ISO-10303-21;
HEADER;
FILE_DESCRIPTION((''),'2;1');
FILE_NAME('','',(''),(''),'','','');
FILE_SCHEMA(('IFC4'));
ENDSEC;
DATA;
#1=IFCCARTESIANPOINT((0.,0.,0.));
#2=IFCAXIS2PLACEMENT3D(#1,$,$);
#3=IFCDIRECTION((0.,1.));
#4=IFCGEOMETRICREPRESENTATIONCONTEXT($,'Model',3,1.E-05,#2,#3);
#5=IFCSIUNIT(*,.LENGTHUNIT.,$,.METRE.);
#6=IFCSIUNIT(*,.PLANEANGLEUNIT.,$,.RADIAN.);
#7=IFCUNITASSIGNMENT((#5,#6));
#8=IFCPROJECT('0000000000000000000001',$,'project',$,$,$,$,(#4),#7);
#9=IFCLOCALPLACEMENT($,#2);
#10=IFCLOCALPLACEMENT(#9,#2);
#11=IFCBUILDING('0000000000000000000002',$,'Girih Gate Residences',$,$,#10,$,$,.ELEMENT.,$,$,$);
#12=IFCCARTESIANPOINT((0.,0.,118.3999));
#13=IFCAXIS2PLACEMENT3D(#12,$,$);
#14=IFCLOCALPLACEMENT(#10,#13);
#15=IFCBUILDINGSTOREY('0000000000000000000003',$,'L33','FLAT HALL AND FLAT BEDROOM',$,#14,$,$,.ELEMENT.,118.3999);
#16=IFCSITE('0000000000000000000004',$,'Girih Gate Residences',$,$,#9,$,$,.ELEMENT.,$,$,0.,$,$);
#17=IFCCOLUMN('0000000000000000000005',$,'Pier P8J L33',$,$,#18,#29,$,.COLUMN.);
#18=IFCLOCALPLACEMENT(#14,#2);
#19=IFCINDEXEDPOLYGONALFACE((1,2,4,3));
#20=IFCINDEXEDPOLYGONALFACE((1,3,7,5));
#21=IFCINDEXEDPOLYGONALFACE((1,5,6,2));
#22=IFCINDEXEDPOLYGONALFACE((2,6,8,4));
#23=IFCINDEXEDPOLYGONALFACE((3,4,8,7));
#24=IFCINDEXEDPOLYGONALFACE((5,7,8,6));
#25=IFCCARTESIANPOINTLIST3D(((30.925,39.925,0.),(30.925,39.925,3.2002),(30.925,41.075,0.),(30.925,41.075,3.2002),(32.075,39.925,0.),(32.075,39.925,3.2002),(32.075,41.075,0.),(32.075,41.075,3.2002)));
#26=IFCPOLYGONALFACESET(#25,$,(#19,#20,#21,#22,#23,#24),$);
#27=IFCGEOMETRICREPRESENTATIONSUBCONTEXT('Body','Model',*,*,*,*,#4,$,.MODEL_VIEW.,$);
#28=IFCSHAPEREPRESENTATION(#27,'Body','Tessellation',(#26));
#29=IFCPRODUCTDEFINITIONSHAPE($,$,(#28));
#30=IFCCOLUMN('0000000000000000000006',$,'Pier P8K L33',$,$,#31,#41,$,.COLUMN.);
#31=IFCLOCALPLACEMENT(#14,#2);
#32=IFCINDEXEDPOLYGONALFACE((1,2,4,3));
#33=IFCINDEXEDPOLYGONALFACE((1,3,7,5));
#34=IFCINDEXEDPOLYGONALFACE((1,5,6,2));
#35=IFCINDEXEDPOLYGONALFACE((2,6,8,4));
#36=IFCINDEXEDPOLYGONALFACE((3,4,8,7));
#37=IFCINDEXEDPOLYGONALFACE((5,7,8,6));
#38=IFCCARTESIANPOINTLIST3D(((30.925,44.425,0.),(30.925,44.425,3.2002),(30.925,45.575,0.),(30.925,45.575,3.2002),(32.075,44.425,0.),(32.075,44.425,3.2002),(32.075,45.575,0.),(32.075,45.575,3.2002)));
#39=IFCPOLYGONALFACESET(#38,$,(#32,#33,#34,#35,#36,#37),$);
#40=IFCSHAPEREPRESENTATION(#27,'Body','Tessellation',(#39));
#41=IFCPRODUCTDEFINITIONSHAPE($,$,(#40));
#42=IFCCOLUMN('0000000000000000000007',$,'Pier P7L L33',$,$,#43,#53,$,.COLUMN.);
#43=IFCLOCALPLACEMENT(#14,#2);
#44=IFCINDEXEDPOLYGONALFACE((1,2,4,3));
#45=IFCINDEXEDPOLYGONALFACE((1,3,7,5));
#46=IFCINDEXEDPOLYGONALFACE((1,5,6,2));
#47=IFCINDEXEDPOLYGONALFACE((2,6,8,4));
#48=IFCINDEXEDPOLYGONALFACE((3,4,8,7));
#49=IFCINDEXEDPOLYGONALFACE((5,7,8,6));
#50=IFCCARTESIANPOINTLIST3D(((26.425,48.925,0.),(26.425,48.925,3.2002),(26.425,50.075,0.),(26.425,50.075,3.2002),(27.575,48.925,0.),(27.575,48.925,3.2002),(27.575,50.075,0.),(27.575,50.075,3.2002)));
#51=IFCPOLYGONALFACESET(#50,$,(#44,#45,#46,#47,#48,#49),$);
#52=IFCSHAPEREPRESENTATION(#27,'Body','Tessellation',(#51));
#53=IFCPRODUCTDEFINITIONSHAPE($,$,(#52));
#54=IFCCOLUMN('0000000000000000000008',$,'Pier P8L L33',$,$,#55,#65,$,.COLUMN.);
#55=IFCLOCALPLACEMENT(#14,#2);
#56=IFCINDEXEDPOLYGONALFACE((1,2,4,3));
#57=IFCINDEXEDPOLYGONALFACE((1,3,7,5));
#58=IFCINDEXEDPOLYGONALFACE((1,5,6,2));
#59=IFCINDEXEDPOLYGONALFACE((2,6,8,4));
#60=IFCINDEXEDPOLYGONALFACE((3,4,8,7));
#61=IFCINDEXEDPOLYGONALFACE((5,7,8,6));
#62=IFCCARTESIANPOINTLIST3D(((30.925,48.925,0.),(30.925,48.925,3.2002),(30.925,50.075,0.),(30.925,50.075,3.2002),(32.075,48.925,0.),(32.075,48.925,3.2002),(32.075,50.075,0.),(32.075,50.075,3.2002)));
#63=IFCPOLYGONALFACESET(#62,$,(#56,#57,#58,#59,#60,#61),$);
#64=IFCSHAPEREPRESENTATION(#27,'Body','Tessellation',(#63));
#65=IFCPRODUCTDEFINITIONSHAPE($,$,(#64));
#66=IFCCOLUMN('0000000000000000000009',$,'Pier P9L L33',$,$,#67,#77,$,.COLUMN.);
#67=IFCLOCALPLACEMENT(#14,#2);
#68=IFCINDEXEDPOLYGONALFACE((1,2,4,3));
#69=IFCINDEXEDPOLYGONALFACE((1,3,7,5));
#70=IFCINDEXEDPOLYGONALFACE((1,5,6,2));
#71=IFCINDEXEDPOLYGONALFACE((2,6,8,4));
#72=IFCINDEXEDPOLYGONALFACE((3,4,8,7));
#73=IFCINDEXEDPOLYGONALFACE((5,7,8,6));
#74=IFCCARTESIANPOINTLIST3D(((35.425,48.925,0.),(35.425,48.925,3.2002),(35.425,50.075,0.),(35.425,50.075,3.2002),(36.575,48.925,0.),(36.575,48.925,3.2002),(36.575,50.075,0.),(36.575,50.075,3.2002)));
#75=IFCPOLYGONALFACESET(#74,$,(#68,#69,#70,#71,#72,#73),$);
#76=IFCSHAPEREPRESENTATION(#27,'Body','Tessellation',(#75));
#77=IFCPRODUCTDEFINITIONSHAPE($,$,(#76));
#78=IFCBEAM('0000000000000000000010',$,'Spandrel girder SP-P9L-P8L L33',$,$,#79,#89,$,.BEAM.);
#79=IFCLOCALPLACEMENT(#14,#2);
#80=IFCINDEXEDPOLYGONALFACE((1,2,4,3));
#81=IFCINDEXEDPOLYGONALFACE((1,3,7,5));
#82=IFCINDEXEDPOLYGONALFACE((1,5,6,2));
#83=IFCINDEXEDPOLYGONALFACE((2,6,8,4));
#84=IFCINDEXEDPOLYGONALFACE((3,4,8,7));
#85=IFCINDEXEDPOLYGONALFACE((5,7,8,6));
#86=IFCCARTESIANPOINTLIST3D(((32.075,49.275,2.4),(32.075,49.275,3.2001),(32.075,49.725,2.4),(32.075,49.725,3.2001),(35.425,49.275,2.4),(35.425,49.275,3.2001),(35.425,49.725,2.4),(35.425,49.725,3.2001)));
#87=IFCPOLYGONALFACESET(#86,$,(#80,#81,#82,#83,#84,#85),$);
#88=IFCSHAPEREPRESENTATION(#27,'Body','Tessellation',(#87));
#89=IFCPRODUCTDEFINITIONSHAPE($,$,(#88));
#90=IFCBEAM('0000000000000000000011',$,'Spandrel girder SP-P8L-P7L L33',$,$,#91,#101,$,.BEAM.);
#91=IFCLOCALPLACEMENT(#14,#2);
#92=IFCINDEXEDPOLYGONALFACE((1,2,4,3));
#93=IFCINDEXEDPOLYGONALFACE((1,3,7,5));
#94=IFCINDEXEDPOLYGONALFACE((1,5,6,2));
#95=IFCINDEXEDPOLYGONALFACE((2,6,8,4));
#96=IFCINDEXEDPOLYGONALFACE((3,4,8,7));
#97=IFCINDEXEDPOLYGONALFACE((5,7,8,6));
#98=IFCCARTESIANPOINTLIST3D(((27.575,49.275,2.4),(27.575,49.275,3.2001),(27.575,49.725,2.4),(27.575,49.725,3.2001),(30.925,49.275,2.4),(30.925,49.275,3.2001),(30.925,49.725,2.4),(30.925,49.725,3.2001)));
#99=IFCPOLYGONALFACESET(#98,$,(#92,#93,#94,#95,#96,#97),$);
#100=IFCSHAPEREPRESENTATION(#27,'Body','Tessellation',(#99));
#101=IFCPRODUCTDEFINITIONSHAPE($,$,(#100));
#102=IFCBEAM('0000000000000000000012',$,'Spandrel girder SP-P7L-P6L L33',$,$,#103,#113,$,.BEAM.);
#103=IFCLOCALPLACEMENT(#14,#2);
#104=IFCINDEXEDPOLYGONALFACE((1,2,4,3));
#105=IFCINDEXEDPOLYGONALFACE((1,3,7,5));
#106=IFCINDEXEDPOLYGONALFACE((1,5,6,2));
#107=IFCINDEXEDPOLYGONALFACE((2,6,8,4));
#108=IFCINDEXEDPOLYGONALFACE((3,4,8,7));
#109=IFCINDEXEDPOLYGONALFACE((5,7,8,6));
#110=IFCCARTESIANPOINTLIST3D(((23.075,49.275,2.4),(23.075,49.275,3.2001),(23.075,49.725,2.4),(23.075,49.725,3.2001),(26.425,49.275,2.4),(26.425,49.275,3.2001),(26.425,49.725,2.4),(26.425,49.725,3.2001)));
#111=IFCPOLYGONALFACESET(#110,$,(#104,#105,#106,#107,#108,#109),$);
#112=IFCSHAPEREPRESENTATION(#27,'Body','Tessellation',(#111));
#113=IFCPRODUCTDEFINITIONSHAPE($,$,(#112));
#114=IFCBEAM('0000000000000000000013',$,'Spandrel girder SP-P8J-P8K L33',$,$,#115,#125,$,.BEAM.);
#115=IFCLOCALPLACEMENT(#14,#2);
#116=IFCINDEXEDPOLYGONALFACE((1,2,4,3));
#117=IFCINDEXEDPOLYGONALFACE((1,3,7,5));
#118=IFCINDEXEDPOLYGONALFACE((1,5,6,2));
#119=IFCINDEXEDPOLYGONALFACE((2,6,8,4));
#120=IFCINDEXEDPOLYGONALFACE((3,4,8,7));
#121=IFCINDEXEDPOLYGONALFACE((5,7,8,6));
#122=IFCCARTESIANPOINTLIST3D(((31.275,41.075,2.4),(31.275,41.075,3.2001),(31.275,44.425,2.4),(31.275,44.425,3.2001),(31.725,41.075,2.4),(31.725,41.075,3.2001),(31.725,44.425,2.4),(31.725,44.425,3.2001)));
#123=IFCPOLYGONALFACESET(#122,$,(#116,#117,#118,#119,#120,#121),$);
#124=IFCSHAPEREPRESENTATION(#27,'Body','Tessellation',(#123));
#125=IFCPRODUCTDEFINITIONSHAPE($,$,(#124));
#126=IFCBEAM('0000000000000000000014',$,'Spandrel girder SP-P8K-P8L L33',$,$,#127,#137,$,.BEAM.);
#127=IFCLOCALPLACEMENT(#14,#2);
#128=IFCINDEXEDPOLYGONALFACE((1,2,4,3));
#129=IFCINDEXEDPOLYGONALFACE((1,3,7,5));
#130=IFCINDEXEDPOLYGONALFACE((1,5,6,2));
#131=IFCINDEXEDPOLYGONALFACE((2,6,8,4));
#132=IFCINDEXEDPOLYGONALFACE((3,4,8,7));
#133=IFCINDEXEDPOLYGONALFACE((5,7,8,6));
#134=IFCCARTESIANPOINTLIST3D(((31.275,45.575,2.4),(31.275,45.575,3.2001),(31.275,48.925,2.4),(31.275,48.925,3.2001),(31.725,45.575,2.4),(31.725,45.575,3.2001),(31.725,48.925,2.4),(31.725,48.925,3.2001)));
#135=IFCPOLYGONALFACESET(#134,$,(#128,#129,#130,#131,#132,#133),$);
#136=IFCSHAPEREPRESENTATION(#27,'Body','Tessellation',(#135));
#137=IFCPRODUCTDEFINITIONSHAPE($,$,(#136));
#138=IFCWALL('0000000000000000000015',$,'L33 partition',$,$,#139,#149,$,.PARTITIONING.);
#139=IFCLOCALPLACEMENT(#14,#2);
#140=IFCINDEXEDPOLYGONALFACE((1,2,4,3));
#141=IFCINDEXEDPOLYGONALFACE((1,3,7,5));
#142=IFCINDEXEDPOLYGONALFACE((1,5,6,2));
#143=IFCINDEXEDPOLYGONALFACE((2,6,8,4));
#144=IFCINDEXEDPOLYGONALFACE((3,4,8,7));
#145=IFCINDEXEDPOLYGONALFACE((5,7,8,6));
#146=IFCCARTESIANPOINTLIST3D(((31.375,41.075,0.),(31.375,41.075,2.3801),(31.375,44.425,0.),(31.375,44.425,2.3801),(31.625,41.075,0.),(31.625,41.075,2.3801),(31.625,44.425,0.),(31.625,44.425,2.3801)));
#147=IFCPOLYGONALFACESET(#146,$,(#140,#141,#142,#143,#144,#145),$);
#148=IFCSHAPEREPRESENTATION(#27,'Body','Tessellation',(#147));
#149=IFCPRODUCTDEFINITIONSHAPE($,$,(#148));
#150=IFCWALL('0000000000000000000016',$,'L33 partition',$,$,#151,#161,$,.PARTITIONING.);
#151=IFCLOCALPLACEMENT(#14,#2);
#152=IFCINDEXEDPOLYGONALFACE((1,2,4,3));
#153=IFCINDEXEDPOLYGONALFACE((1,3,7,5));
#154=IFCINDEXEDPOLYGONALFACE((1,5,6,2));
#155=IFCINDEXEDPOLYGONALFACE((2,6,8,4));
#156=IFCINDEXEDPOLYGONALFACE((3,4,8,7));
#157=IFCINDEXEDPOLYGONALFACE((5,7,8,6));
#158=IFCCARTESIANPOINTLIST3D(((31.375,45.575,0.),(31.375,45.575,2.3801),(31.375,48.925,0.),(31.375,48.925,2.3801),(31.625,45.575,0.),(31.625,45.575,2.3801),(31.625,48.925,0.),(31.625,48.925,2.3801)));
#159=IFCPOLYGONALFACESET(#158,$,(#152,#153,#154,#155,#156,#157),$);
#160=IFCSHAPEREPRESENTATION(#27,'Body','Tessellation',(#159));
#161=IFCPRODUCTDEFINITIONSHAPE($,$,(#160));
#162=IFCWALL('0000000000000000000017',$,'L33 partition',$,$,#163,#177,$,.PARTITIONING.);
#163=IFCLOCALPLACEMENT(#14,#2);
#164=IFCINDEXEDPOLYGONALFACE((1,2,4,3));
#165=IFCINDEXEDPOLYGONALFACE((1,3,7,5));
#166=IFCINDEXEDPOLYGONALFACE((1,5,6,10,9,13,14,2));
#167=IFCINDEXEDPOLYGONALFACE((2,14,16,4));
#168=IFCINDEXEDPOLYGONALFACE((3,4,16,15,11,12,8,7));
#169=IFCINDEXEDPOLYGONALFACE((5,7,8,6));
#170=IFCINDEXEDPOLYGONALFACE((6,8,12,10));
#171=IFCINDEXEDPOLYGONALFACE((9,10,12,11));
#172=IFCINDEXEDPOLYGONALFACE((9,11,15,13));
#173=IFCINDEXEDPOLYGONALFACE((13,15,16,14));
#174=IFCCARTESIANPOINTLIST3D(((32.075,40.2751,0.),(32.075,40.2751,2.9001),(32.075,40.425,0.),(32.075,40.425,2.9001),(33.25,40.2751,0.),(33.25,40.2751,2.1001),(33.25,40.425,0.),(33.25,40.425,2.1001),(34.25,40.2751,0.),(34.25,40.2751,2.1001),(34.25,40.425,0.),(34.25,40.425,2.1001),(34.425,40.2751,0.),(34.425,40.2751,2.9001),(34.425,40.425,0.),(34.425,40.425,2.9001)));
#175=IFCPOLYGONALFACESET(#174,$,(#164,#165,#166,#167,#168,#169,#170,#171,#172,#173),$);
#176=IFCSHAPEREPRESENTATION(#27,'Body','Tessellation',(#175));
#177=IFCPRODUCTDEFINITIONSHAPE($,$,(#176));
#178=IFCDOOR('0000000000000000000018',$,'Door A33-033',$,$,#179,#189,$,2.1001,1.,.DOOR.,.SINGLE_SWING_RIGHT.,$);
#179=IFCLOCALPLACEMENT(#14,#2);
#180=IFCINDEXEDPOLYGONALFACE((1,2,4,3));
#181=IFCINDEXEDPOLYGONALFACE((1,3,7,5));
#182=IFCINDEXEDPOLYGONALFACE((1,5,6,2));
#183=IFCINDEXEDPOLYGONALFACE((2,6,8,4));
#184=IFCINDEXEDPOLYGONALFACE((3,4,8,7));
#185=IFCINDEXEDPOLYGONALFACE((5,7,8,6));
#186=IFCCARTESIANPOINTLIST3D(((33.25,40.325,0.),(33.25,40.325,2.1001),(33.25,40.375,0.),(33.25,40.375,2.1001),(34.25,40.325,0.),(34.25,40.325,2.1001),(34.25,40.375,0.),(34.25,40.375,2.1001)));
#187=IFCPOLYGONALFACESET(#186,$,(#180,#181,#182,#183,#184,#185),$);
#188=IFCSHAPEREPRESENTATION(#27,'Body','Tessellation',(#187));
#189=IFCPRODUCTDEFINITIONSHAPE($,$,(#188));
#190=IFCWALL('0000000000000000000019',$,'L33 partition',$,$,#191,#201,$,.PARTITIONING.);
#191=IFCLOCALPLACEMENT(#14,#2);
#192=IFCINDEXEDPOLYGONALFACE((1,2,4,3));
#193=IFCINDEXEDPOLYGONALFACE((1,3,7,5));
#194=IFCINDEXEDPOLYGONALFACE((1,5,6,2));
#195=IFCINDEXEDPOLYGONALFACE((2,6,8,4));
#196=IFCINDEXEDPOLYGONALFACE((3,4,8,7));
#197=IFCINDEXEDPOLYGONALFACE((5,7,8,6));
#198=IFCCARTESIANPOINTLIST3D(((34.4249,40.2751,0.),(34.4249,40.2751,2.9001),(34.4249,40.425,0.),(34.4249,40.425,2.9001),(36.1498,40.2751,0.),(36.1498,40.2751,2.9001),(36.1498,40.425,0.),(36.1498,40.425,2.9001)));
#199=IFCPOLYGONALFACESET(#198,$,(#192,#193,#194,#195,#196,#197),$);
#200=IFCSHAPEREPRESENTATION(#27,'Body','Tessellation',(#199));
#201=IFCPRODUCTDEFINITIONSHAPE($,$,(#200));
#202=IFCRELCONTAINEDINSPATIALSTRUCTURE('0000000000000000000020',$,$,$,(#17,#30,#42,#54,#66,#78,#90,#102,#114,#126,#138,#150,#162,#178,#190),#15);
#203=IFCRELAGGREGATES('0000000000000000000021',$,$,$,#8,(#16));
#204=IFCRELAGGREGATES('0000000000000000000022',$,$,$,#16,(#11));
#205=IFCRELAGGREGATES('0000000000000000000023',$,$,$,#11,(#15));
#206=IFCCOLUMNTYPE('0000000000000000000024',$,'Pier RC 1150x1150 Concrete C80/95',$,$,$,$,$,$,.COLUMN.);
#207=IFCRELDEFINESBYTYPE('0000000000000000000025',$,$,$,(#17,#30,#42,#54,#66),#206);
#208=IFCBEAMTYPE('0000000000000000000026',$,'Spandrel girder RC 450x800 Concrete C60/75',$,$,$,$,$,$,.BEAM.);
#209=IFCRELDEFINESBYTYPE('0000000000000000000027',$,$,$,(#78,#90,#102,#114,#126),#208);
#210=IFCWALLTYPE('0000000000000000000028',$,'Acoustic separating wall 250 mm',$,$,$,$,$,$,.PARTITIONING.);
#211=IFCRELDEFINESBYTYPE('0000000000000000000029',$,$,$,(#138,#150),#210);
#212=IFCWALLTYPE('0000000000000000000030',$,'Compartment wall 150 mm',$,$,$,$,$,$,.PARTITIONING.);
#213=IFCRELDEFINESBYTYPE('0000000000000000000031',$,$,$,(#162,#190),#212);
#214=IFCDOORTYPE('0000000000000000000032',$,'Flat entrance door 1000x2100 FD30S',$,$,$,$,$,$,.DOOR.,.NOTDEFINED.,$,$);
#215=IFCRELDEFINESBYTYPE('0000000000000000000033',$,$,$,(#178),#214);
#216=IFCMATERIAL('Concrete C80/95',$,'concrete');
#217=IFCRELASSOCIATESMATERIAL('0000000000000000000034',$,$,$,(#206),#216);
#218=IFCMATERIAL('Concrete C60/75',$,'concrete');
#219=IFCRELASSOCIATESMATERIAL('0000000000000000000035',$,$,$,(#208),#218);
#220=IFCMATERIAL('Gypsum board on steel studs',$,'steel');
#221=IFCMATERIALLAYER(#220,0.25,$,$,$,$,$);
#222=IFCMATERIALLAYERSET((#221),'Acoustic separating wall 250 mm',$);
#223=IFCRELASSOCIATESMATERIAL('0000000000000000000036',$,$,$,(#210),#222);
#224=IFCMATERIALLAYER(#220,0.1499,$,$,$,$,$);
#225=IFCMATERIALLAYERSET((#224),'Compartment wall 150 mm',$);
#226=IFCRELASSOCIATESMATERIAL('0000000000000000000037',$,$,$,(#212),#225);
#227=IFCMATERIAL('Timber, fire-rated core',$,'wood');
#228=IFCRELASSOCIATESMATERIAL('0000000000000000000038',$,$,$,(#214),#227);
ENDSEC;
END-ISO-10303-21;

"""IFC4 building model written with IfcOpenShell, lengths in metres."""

from ifc_helpers import new_model, si_unit, direction, frame, frame_2d, origin, origin_2d, place, context, subcontext, project, spatial, rectangle, extrude, material, layer, layer_set, material_profile, profile_set, type_object, element, fill, save


model = new_model("IFC4")

# Units and contexts
model_context = context("Model", 3, precision=1e-05, world=origin(), true_north=direction((0.0, 1.0)))
body_context = subcontext(model_context, "Body", "Model", "MODEL_VIEW")
ifc_project = project(units=[si_unit("LENGTHUNIT", "METRE"), si_unit("PLANEANGLEUNIT", "RADIAN")], contexts=[model_context])

# Site, building, storey
site_placement = place(None, origin())
site = spatial("IfcSite", under=ifc_project, at=site_placement, Name="Girih Gate Residences", CompositionType="ELEMENT", RefElevation=0.0)
building_placement = place(site_placement, origin())
building = spatial("IfcBuilding", under=site, at=building_placement, Name="Girih Gate Residences", CompositionType="ELEMENT")
storey_placement = place(building_placement, frame((0.0, 0.0, 118.3999)))
storey = spatial("IfcBuildingStorey", under=building, at=storey_placement, Name="L33", Description="FLAT HALL AND FLAT BEDROOM", CompositionType="ELEMENT", Elevation=118.3999)

# Columns
ifc_material_1 = material(Name="Concrete C80/95", Category="concrete")
ifc_material_profile_1 = material_profile(ifc_material_1, rectangle(XDim=1.1499, YDim=1.1499, at=origin_2d()))
ifc_profile_set_1 = profile_set([ifc_material_profile_1], Name="Concrete C80/95")
column_type = type_object("IfcColumnType", Name="Pier RC 1150x1150 Concrete C80/95", PredefinedType="COLUMN", material=ifc_profile_set_1)
for number, where, z_axis, x_axis, name in (
    (1, (31.5, 40.5, 0.0), (0.0, 0.0, 1.0), (1.0, 0.0, 0.0), "Pier P8J L33"),
    (2, (31.5, 45.0, 0.0), (0.0, 0.0, 1.0), (1.0, 0.0, 0.0), "Pier P8K L33"),
    (3, (27.0, 49.5, 0.0), (0.0, 0.0, 1.0), (1.0, 0.0, 0.0), "Pier P7L L33"),
    (4, (31.5, 49.5, 0.0), (0.0, 0.0, 1.0), (1.0, 0.0, 0.0), "Pier P8L L33"),
    (5, (36.0, 49.5, 0.0), (0.0, 0.0, 1.0), (1.0, 0.0, 0.0), "Pier P9L L33"),
):
    element("IfcColumn", number, at=place(storey_placement, frame(where, z_axis=z_axis, x_axis=x_axis)), inside=storey, type_object=column_type, Name=name, PredefinedType="COLUMN", context=body_context, shape_type="SweptSolid", body=[
        extrude(rectangle(XDim=1.1499, YDim=1.1499, at=origin_2d()), origin(), (0.0, 0.0, 1.0), 3.2002),
    ])

# Beams
ifc_material_2 = material(Name="Concrete C60/75", Category="concrete")
ifc_material_profile_2 = material_profile(ifc_material_2, rectangle(XDim=0.45, YDim=0.8, at=origin_2d()))
ifc_profile_set_2 = profile_set([ifc_material_profile_2], Name="Concrete C60/75")
beam_type = type_object("IfcBeamType", Name="Spandrel girder RC 450x800 Concrete C60/75", PredefinedType="BEAM", material=ifc_profile_set_2)
for number, where, z_axis, x_axis, name in (
    (6, (35.425, 49.5, 2.8), (-1.0, 0.0, 0.0), (0.0, -1.0, 0.0), "Spandrel girder SP-P9L-P8L L33"),
    (7, (30.925, 49.5, 2.8), (-1.0, 0.0, 0.0), (0.0, -1.0, 0.0), "Spandrel girder SP-P8L-P7L L33"),
    (8, (26.425, 49.5, 2.8), (-1.0, 0.0, 0.0), (0.0, -1.0, 0.0), "Spandrel girder SP-P7L-P6L L33"),
    (9, (31.5, 41.075, 2.8), (0.0, 1.0, 0.0), (-1.0, 0.0, 0.0), "Spandrel girder SP-P8J-P8K L33"),
    (10, (31.5, 45.575, 2.8), (0.0, 1.0, 0.0), (-1.0, 0.0, 0.0), "Spandrel girder SP-P8K-P8L L33"),
):
    element("IfcBeam", number, at=place(storey_placement, frame(where, z_axis=z_axis, x_axis=x_axis)), inside=storey, type_object=beam_type, Name=name, PredefinedType="BEAM", context=body_context, shape_type="SweptSolid", body=[
        extrude(rectangle(XDim=0.45, YDim=0.8, at=origin_2d()), origin(), (0.0, 0.0, 1.0), 3.3501),
    ])

# Walls
ifc_material_3 = material(Name="Gypsum board on steel studs", Category="steel")
ifc_layer_1 = layer(ifc_material_3, 0.25)
ifc_layer_set_1 = layer_set([ifc_layer_1], Name="Acoustic separating wall 250 mm")
wall_type_1 = type_object("IfcWallType", Name="Acoustic separating wall 250 mm", PredefinedType="PARTITIONING", material=ifc_layer_set_1)
for number, where, z_axis, x_axis, name in (
    (11, (31.5, 41.075, 0.0), (0.0, 0.0, 1.0), (0.0, 1.0, 0.0), "L33 partition"),
    (12, (31.5, 45.575, 0.0), (0.0, 0.0, 1.0), (0.0, 1.0, 0.0), "L33 partition"),
):
    element("IfcWall", number, at=place(storey_placement, frame(where, z_axis=z_axis, x_axis=x_axis)), inside=storey, type_object=wall_type_1, Name=name, PredefinedType="PARTITIONING", context=body_context, shape_type="SweptSolid", body=[
        extrude(rectangle(XDim=3.3501, YDim=0.25, at=frame_2d((1.675, 0.0))), origin(), (0.0, 0.0, 1.0), 2.3801),
    ])

# Wall, opening, door
ifc_layer_2 = layer(ifc_material_3, 0.1499)
ifc_layer_set_2 = layer_set([ifc_layer_2], Name="Compartment wall 150 mm")
wall_type_2 = type_object("IfcWallType", Name="Compartment wall 150 mm", PredefinedType="PARTITIONING", material=ifc_layer_set_2)
wall_1_placement = place(storey_placement, frame((32.075, 40.3501, 0.0), z_axis=(0.0, 0.0, 1.0), x_axis=(1.0, 0.0, 0.0)))
wall_1 = element("IfcWall", 13, at=wall_1_placement, inside=storey, type_object=wall_type_2, Name="L33 partition", PredefinedType="PARTITIONING", context=body_context, shape_type="SweptSolid", body=[
    extrude(rectangle(XDim=2.3501, YDim=0.1499, at=frame_2d((1.175, 0.0))), origin(), (0.0, 0.0, 1.0), 2.9001),
])
opening_1_placement = place(wall_1_placement, frame((1.175, 0.0, 0.0)))
opening_1 = element("IfcOpeningElement", 14, at=opening_1_placement, cuts=wall_1, PredefinedType="OPENING", context=body_context, shape_type="SweptSolid", body=[
    extrude(rectangle(XDim=1.0, YDim=2.1001, at=frame_2d((0.5, 1.05))), frame((0.0, 0.085, 0.0), z_axis=(0.0, -1.0, 0.0), x_axis=(1.0, 0.0, 0.0)), (0.0, 0.0, 1.0), 0.1699),
])
ifc_material_4 = material(Name="Timber, fire-rated core", Category="wood")
door_type_1 = type_object("IfcDoorType", Name="Flat entrance door 1000x2100 FD30S", OperationType="NOTDEFINED", PredefinedType="DOOR", material=ifc_material_4)
door_1_placement = place(opening_1_placement, origin())
door_1 = element("IfcDoor", 15, at=door_1_placement, inside=storey, type_object=door_type_1, Name="Door A33-033", OperationType="SINGLE_SWING_RIGHT", OverallHeight=2.1001, OverallWidth=1.0, PredefinedType="DOOR", context=body_context, shape_type="SweptSolid", body=[
    extrude(rectangle(XDim=1.0, YDim=2.1001, at=frame_2d((0.5, 1.05))), frame((0.0, 0.0249, 0.0), z_axis=(0.0, -1.0, 0.0), x_axis=(1.0, 0.0, 0.0)), (0.0, 0.0, 1.0), 0.05),
])
fill(opening_1, door_1)

# Wall
wall_2_placement = place(storey_placement, frame((34.425, 40.3501, 0.0), z_axis=(0.0, 0.0, 1.0), x_axis=(1.0, 0.0, 0.0)))
element("IfcWall", 16, at=wall_2_placement, inside=storey, type_object=wall_type_2, Name="L33 partition", PredefinedType="PARTITIONING", context=body_context, shape_type="SweptSolid", body=[
    extrude(rectangle(XDim=1.7249, YDim=0.1499, at=frame_2d((0.8623, 0.0))), origin(), (0.0, 0.0, 1.0), 2.9001),
])

save(model, "model.ifc")
